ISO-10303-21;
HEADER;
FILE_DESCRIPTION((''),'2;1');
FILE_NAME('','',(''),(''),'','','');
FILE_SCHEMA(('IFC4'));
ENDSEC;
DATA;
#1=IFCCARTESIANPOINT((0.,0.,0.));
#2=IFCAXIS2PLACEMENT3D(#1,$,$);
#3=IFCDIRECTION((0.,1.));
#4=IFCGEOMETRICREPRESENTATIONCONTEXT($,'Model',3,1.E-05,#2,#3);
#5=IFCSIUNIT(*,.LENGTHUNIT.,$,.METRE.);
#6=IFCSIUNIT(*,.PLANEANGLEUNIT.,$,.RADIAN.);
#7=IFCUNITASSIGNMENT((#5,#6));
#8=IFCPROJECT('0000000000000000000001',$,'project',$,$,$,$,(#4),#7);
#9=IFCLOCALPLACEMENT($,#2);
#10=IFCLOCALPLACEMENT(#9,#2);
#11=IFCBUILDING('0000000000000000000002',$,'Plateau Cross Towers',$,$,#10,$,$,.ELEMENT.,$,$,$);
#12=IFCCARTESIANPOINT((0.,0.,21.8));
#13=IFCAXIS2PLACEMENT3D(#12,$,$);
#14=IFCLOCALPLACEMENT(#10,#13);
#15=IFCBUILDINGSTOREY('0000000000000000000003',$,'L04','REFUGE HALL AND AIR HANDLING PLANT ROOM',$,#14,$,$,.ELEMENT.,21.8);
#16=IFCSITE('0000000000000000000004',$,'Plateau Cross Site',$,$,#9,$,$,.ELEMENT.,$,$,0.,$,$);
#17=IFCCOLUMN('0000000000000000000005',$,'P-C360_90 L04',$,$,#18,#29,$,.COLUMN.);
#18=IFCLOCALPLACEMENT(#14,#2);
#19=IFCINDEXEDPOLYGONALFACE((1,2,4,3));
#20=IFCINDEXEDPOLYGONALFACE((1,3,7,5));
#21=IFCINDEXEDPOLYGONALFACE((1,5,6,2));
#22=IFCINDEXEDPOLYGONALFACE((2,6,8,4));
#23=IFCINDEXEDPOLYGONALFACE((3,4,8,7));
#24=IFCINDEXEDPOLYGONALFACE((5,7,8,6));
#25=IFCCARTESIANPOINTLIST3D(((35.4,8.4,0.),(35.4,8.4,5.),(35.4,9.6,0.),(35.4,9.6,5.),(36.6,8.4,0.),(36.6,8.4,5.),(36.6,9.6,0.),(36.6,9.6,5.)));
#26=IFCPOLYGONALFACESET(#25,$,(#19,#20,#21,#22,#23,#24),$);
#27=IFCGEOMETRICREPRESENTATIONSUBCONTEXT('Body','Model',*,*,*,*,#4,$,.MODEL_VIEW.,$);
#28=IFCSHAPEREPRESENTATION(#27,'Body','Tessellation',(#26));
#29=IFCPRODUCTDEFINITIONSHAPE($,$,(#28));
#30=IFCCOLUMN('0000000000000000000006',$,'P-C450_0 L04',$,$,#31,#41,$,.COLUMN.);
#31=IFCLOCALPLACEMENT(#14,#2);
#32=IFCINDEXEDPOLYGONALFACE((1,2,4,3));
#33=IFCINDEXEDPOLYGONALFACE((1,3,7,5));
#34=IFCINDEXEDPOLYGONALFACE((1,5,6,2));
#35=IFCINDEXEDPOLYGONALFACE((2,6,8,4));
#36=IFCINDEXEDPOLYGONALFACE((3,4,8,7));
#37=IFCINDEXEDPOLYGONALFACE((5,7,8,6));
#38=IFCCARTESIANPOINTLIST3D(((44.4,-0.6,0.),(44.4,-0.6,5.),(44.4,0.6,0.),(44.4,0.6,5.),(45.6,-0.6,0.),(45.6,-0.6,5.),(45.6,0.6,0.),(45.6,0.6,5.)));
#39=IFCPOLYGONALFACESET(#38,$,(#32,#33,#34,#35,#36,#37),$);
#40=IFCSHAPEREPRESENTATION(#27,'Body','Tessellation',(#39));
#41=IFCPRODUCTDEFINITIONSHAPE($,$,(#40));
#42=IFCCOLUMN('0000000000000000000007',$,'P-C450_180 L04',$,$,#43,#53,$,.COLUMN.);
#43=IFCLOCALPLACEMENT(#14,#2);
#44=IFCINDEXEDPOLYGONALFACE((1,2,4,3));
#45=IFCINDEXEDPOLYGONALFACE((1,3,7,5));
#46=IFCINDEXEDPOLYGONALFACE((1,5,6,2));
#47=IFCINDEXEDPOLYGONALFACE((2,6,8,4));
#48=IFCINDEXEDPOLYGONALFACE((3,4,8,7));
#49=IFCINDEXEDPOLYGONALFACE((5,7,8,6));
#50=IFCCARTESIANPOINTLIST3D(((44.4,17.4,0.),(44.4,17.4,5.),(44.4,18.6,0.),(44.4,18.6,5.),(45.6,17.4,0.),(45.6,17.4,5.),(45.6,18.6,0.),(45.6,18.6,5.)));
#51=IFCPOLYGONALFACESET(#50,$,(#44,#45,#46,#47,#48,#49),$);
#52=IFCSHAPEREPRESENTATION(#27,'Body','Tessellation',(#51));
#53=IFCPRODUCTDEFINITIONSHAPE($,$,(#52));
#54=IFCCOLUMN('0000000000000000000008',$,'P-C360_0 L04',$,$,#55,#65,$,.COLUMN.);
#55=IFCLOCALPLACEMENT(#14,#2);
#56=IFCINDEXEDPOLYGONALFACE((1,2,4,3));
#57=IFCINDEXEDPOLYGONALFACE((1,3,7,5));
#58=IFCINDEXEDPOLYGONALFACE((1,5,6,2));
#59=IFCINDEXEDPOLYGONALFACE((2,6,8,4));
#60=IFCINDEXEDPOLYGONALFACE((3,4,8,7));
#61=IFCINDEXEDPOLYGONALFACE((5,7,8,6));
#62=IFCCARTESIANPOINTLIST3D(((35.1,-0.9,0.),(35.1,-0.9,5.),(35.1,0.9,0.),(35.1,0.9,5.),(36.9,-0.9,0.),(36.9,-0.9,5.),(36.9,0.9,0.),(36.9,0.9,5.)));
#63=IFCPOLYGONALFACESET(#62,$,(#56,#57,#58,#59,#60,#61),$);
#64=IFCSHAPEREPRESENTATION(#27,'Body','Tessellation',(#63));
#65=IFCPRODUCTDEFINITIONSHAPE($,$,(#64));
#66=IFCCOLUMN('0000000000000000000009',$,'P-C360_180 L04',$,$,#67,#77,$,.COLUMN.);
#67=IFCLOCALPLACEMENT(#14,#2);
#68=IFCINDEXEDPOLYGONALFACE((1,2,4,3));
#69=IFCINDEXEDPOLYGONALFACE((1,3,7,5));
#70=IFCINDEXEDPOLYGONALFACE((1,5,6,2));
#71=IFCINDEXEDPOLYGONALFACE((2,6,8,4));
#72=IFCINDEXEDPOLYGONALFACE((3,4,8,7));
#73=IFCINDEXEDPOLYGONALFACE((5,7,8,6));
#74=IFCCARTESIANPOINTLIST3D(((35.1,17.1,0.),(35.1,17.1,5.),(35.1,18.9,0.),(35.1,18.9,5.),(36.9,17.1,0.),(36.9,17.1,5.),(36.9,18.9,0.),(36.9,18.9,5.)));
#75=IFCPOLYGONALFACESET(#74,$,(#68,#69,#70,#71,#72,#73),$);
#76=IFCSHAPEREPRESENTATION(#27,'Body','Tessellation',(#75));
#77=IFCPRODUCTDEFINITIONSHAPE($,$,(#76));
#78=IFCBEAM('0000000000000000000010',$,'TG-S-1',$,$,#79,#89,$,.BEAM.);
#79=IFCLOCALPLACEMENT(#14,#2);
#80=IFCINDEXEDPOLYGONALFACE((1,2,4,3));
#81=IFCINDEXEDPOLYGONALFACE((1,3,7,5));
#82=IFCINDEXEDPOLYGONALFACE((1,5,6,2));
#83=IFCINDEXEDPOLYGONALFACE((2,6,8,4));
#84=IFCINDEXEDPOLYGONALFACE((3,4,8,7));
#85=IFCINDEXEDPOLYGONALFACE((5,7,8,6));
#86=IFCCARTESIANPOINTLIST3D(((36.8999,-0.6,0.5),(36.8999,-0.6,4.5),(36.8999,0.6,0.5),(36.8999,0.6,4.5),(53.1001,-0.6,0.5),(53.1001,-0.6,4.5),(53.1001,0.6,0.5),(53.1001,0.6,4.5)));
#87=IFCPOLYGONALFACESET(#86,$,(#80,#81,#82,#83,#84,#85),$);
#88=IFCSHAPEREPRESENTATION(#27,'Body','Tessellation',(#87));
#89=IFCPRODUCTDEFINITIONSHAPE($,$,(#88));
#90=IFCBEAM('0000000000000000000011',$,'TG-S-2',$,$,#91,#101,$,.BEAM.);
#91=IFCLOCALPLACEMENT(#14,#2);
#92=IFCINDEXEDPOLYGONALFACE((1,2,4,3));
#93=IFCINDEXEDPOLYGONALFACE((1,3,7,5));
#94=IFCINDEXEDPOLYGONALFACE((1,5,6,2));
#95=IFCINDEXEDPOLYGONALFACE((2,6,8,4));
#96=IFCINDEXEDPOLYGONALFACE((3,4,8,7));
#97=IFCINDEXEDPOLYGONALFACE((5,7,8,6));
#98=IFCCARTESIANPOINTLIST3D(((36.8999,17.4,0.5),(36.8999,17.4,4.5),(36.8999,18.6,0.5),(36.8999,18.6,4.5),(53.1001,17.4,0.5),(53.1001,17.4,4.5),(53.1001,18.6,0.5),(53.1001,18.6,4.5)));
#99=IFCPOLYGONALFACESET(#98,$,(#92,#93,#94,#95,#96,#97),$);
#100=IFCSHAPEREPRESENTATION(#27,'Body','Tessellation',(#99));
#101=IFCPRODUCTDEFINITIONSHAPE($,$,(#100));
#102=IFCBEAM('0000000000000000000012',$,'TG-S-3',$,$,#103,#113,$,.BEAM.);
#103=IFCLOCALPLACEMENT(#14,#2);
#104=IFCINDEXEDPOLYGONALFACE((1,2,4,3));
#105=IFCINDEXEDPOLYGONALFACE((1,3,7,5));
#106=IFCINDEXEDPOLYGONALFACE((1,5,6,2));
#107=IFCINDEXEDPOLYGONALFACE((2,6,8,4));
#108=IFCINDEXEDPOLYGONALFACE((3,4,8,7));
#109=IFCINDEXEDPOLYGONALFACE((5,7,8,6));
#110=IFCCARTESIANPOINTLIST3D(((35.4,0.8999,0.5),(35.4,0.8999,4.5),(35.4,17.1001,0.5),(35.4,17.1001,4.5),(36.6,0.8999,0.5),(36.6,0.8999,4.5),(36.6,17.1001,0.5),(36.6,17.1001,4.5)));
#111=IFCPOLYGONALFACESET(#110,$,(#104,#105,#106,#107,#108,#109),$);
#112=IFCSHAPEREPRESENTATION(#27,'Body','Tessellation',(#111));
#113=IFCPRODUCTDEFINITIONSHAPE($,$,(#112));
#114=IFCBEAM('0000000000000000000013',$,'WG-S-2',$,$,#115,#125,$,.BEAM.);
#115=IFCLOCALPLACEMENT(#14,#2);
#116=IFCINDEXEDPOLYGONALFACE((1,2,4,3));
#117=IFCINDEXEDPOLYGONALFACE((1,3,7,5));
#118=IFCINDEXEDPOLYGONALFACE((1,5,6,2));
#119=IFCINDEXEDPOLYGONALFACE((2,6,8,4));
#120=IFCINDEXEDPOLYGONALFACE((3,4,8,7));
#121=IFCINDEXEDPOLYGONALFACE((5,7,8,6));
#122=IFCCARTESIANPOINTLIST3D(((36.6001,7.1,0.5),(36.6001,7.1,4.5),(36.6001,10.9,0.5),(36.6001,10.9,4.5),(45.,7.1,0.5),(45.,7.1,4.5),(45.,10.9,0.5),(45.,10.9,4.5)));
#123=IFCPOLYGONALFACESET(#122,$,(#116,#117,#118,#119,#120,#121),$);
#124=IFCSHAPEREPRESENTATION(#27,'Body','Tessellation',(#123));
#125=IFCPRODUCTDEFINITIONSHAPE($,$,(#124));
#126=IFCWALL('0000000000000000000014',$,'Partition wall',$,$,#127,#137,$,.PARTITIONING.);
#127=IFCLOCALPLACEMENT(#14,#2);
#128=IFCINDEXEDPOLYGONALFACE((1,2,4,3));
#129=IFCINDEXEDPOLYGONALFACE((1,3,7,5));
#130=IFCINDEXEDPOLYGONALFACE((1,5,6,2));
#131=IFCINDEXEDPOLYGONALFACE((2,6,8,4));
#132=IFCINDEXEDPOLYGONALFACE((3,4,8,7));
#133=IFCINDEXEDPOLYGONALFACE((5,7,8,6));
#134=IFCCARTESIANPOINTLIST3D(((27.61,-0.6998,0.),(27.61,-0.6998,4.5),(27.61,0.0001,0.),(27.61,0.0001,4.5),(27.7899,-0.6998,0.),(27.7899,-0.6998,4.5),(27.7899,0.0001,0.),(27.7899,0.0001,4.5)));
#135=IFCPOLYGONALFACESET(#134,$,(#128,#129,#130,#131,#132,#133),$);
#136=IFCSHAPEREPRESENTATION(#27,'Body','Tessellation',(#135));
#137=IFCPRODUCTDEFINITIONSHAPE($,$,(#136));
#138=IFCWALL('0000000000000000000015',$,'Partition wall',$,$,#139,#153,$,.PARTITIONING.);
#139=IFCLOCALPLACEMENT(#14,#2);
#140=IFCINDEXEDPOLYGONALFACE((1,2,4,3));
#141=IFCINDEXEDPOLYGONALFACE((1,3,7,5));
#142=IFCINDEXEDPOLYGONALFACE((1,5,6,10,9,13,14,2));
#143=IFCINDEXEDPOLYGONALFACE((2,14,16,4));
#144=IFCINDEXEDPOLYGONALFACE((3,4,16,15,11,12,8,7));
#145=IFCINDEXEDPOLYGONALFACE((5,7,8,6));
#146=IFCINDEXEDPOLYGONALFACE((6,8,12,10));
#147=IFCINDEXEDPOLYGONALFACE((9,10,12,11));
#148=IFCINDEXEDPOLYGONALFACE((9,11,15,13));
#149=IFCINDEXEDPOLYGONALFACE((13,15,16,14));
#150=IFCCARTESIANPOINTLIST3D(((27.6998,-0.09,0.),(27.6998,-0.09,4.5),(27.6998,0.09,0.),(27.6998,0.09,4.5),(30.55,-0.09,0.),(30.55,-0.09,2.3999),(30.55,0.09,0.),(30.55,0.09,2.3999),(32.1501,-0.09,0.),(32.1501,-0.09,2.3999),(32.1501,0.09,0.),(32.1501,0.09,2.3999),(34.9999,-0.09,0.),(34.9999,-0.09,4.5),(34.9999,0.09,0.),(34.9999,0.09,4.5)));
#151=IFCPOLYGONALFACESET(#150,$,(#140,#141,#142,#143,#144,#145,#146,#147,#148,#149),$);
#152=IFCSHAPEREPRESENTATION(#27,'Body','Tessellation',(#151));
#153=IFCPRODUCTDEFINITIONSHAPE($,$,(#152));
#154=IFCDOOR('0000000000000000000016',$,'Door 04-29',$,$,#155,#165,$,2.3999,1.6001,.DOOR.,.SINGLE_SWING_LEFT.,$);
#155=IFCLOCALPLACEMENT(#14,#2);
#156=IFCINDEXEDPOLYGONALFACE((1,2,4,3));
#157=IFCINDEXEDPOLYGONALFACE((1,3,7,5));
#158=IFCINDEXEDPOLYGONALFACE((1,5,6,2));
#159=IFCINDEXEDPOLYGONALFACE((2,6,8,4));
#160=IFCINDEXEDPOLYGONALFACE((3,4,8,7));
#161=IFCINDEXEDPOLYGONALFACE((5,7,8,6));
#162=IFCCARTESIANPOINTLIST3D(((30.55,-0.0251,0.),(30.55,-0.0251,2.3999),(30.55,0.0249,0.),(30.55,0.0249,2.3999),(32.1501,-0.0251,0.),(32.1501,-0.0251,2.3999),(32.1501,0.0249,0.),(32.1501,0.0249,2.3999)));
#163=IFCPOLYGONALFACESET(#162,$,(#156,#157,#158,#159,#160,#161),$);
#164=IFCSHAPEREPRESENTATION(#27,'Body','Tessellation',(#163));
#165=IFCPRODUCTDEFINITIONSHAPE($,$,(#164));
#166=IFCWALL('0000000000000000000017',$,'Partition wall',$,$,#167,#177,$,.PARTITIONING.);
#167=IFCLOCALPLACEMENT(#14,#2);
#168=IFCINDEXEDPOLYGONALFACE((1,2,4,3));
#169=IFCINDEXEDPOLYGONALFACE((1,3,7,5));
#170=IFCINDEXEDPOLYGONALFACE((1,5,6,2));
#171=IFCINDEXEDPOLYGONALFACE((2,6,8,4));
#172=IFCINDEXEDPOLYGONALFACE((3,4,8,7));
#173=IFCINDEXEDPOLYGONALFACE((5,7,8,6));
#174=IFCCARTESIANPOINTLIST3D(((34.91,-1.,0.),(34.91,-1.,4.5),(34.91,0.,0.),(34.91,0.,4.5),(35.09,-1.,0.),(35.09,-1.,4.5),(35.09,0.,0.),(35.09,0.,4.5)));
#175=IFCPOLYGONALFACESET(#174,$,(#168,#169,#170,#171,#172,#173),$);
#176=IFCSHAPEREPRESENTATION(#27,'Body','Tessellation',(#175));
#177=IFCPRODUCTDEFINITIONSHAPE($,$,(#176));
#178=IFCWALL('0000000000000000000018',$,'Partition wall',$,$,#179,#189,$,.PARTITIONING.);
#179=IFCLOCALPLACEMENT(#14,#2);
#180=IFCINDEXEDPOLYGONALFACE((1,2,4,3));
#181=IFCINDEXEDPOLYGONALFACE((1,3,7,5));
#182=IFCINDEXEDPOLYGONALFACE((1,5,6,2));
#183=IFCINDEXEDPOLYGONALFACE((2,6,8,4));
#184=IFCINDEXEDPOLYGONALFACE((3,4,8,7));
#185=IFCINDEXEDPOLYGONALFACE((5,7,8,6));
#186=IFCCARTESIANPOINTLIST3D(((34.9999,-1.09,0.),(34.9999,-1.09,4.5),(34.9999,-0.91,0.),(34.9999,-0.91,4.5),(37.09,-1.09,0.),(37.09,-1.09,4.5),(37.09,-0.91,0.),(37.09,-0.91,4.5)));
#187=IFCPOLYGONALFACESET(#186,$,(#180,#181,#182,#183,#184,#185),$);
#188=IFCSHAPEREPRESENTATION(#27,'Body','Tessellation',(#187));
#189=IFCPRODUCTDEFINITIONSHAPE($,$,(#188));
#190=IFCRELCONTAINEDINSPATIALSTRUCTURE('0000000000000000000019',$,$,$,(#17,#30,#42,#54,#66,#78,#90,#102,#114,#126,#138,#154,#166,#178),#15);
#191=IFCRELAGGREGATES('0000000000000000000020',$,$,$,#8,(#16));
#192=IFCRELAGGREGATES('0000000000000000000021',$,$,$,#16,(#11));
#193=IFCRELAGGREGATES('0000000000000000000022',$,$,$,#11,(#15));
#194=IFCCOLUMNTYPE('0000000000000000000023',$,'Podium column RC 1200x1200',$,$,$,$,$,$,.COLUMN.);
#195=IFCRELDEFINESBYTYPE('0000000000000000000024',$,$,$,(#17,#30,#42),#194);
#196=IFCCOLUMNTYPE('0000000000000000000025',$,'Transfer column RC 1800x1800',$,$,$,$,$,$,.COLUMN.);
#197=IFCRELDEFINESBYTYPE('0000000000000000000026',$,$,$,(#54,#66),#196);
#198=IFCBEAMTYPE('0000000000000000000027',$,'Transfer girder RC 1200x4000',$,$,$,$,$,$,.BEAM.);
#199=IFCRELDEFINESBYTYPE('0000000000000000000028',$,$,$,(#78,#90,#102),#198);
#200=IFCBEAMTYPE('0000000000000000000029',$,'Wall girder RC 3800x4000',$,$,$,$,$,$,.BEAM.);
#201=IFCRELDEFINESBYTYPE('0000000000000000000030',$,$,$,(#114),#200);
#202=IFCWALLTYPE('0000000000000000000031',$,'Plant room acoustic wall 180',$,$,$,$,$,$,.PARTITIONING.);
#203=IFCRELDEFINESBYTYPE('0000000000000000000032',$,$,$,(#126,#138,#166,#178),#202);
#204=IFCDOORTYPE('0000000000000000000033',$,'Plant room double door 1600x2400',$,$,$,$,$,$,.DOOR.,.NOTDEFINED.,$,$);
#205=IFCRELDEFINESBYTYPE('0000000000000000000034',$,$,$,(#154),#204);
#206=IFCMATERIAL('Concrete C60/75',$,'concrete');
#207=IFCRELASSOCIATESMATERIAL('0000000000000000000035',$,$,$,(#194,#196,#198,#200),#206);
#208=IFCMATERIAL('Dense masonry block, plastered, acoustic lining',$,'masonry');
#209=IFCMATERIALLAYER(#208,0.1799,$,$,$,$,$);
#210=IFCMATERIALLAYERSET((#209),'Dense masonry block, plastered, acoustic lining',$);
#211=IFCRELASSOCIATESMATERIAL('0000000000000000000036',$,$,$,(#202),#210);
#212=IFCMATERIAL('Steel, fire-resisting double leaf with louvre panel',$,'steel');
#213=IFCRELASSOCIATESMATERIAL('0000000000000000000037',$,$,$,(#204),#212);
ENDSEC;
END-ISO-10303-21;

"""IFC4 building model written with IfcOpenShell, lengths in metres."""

from ifc_helpers import new_model, si_unit, direction, frame, frame_2d, origin, origin_2d, place, context, subcontext, project, spatial, rectangle, extrude, material, layer, layer_set, material_profile, profile_set, type_object, element, fill, save


model = new_model("IFC4")

# Units and contexts
model_context = context("Model", 3, precision=1e-05, world=origin(), true_north=direction((0.0, 1.0)))
body_context = subcontext(model_context, "Body", "Model", "MODEL_VIEW")
ifc_project = project(units=[si_unit("LENGTHUNIT", "METRE"), si_unit("PLANEANGLEUNIT", "RADIAN")], contexts=[model_context])

# Site, building, storey
site_placement = place(None, origin())
site = spatial("IfcSite", under=ifc_project, at=site_placement, Name="Plateau Cross Site", CompositionType="ELEMENT", RefElevation=0.0)
building_placement = place(site_placement, origin())
building = spatial("IfcBuilding", under=site, at=building_placement, Name="Plateau Cross Towers", CompositionType="ELEMENT")
storey_placement = place(building_placement, frame((0.0, 0.0, 21.8)))
storey = spatial("IfcBuildingStorey", under=building, at=storey_placement, Name="L04", Description="REFUGE HALL AND AIR HANDLING PLANT ROOM", CompositionType="ELEMENT", Elevation=21.8)

# Columns
ifc_material_1 = material(Name="Concrete C60/75", Category="concrete")
ifc_material_profile_1 = material_profile(ifc_material_1, rectangle(XDim=1.2, YDim=1.2, at=origin_2d()), Name="RC 1200x1200")
ifc_profile_set_1 = profile_set([ifc_material_profile_1], Name="Concrete C60/75")
column_type_1 = type_object("IfcColumnType", Name="Podium column RC 1200x1200", PredefinedType="COLUMN", material=ifc_profile_set_1)
for number, where, z_axis, x_axis, name in (
    (1, (36.0, 9.0, 0.0), (0.0, 0.0, 1.0), (1.0, 0.0, 0.0), "P-C360_90 L04"),
    (2, (45.0, 0.0, 0.0), (0.0, 0.0, 1.0), (1.0, 0.0, 0.0), "P-C450_0 L04"),
    (3, (45.0, 18.0, 0.0), (0.0, 0.0, 1.0), (1.0, 0.0, 0.0), "P-C450_180 L04"),
):
    element("IfcColumn", number, at=place(storey_placement, frame(where, z_axis=z_axis, x_axis=x_axis)), inside=storey, type_object=column_type_1, Name=name, PredefinedType="COLUMN", context=body_context, shape_type="SweptSolid", body=[
        extrude(rectangle(XDim=1.2, YDim=1.2, at=origin_2d()), origin(), (0.0, 0.0, 1.0), 5.0),
    ])
ifc_material_profile_2 = material_profile(ifc_material_1, rectangle(XDim=1.8, YDim=1.8, at=origin_2d()), Name="RC 1800x1800")
ifc_profile_set_2 = profile_set([ifc_material_profile_2], Name="Concrete C60/75")
column_type_2 = type_object("IfcColumnType", Name="Transfer column RC 1800x1800", PredefinedType="COLUMN", material=ifc_profile_set_2)
for number, where, z_axis, x_axis, name in (
    (4, (36.0, 0.0, 0.0), (0.0, 0.0, 1.0), (1.0, 0.0, 0.0), "P-C360_0 L04"),
    (5, (36.0, 18.0, 0.0), (0.0, 0.0, 1.0), (1.0, 0.0, 0.0), "P-C360_180 L04"),
):
    element("IfcColumn", number, at=place(storey_placement, frame(where, z_axis=z_axis, x_axis=x_axis)), inside=storey, type_object=column_type_2, Name=name, PredefinedType="COLUMN", context=body_context, shape_type="SweptSolid", body=[
        extrude(rectangle(XDim=1.8, YDim=1.8, at=origin_2d()), origin(), (0.0, 0.0, 1.0), 5.0),
    ])

# Beams
ifc_material_profile_3 = material_profile(ifc_material_1, rectangle(XDim=1.2, YDim=4.0, at=origin_2d()), Name="RC 1200x4000")
ifc_profile_set_3 = profile_set([ifc_material_profile_3], Name="Concrete C60/75")
beam_type_1 = type_object("IfcBeamType", Name="Transfer girder RC 1200x4000", PredefinedType="BEAM", material=ifc_profile_set_3)
for number, where, z_axis, x_axis, name in (
    (6, (36.8999, 0.0, 2.5), (1.0, 0.0, 0.0), (0.0, 1.0, 0.0), "TG-S-1"),
    (7, (36.8999, 18.0, 2.5), (1.0, 0.0, 0.0), (0.0, 1.0, 0.0), "TG-S-2"),
    (8, (36.0, 0.8999, 2.5), (0.0, 1.0, 0.0), (-1.0, 0.0, 0.0), "TG-S-3"),
):
    element("IfcBeam", number, at=place(storey_placement, frame(where, z_axis=z_axis, x_axis=x_axis)), inside=storey, type_object=beam_type_1, Name=name, PredefinedType="BEAM", context=body_context, shape_type="SweptSolid", body=[
        extrude(rectangle(XDim=1.2, YDim=4.0, at=origin_2d()), origin(), (0.0, 0.0, 1.0), 16.2002),
    ])
ifc_material_profile_4 = material_profile(ifc_material_1, rectangle(XDim=3.8, YDim=4.0, at=origin_2d()), Name="RC 3800x4000")
ifc_profile_set_4 = profile_set([ifc_material_profile_4], Name="Concrete C60/75")
beam_type_2 = type_object("IfcBeamType", Name="Wall girder RC 3800x4000", PredefinedType="BEAM", material=ifc_profile_set_4)
beam_placement = place(storey_placement, frame((36.6001, 9.0, 2.5), z_axis=(1.0, 0.0, 0.0), x_axis=(0.0, 1.0, 0.0)))
element("IfcBeam", 9, at=beam_placement, inside=storey, type_object=beam_type_2, Name="WG-S-2", PredefinedType="BEAM", context=body_context, shape_type="SweptSolid", body=[
    extrude(rectangle(XDim=3.8, YDim=4.0, at=origin_2d()), origin(), (0.0, 0.0, 1.0), 8.3999),
])

# Wall
ifc_material_2 = material(Name="Dense masonry block, plastered, acoustic lining", Category="masonry")
ifc_layer_1 = layer(ifc_material_2, 0.1799)
ifc_layer_set_1 = layer_set([ifc_layer_1], Name="Dense masonry block, plastered, acoustic lining")
wall_type_1 = type_object("IfcWallType", Name="Plant room acoustic wall 180", PredefinedType="PARTITIONING", material=ifc_layer_set_1)
wall_1_placement = place(storey_placement, frame((27.7, -0.7, 0.0), z_axis=(0.0, 0.0, 1.0), x_axis=(0.0, 1.0, 0.0)))
element("IfcWall", 10, at=wall_1_placement, inside=storey, type_object=wall_type_1, Name="Partition wall", PredefinedType="PARTITIONING", context=body_context, shape_type="SweptSolid", body=[
    extrude(rectangle(XDim=0.7, YDim=0.1799, at=frame_2d((0.3501, 0.0))), origin(), (0.0, 0.0, 1.0), 4.5),
])

# Wall, opening, door
wall_2_placement = place(storey_placement, frame((27.7, 0.0, 0.0), z_axis=(0.0, 0.0, 1.0), x_axis=(1.0, 0.0, 0.0)))
wall_2 = element("IfcWall", 11, at=wall_2_placement, inside=storey, type_object=wall_type_1, Name="Partition wall", PredefinedType="PARTITIONING", context=body_context, shape_type="SweptSolid", body=[
    extrude(rectangle(XDim=7.3, YDim=0.1799, at=frame_2d((3.6499, 0.0))), origin(), (0.0, 0.0, 1.0), 4.5),
])
opening_placement = place(wall_2_placement, frame((2.8501, 0.0, 0.0)))
opening = element("IfcOpeningElement", 12, at=opening_placement, cuts=wall_2, PredefinedType="OPENING", context=body_context, shape_type="SweptSolid", body=[
    extrude(rectangle(XDim=1.6001, YDim=2.3999, at=frame_2d((0.8, 1.2))), frame((0.0, 0.0999, 0.0), z_axis=(0.0, -1.0, 0.0), x_axis=(1.0, 0.0, 0.0)), (0.0, 0.0, 1.0), 0.2),
])
ifc_material_3 = material(Name="Steel, fire-resisting double leaf with louvre panel", Category="steel")
door_type = type_object("IfcDoorType", Name="Plant room double door 1600x2400", OperationType="NOTDEFINED", PredefinedType="DOOR", material=ifc_material_3)
door_placement = place(opening_placement, origin())
door = element("IfcDoor", 13, at=door_placement, inside=storey, type_object=door_type, Name="Door 04-29", OperationType="SINGLE_SWING_LEFT", OverallHeight=2.3999, OverallWidth=1.6001, PredefinedType="DOOR", context=body_context, shape_type="SweptSolid", body=[
    extrude(rectangle(XDim=1.6001, YDim=2.3999, at=frame_2d((0.8, 1.2))), frame((0.0, 0.0249, 0.0), z_axis=(0.0, -1.0, 0.0), x_axis=(1.0, 0.0, 0.0)), (0.0, 0.0, 1.0), 0.05),
])
fill(opening, door)

# Walls
wall_3_placement = place(storey_placement, frame((35.0, 0.0, 0.0), z_axis=(0.0, 0.0, 1.0), x_axis=(0.0, -1.0, 0.0)))
element("IfcWall", 14, at=wall_3_placement, inside=storey, type_object=wall_type_1, Name="Partition wall", PredefinedType="PARTITIONING", context=body_context, shape_type="SweptSolid", body=[
    extrude(rectangle(XDim=1.0, YDim=0.1799, at=frame_2d((0.5, 0.0))), origin(), (0.0, 0.0, 1.0), 4.5),
])
wall_4_placement = place(storey_placement, frame((35.0, -1.0, 0.0), z_axis=(0.0, 0.0, 1.0), x_axis=(1.0, 0.0, 0.0)))
element("IfcWall", 15, at=wall_4_placement, inside=storey, type_object=wall_type_1, Name="Partition wall", PredefinedType="PARTITIONING", context=body_context, shape_type="SweptSolid", body=[
    extrude(rectangle(XDim=2.0901, YDim=0.1799, at=frame_2d((1.0449, 0.0))), origin(), (0.0, 0.0, 1.0), 4.5),
])

save(model, "model.ifc")
